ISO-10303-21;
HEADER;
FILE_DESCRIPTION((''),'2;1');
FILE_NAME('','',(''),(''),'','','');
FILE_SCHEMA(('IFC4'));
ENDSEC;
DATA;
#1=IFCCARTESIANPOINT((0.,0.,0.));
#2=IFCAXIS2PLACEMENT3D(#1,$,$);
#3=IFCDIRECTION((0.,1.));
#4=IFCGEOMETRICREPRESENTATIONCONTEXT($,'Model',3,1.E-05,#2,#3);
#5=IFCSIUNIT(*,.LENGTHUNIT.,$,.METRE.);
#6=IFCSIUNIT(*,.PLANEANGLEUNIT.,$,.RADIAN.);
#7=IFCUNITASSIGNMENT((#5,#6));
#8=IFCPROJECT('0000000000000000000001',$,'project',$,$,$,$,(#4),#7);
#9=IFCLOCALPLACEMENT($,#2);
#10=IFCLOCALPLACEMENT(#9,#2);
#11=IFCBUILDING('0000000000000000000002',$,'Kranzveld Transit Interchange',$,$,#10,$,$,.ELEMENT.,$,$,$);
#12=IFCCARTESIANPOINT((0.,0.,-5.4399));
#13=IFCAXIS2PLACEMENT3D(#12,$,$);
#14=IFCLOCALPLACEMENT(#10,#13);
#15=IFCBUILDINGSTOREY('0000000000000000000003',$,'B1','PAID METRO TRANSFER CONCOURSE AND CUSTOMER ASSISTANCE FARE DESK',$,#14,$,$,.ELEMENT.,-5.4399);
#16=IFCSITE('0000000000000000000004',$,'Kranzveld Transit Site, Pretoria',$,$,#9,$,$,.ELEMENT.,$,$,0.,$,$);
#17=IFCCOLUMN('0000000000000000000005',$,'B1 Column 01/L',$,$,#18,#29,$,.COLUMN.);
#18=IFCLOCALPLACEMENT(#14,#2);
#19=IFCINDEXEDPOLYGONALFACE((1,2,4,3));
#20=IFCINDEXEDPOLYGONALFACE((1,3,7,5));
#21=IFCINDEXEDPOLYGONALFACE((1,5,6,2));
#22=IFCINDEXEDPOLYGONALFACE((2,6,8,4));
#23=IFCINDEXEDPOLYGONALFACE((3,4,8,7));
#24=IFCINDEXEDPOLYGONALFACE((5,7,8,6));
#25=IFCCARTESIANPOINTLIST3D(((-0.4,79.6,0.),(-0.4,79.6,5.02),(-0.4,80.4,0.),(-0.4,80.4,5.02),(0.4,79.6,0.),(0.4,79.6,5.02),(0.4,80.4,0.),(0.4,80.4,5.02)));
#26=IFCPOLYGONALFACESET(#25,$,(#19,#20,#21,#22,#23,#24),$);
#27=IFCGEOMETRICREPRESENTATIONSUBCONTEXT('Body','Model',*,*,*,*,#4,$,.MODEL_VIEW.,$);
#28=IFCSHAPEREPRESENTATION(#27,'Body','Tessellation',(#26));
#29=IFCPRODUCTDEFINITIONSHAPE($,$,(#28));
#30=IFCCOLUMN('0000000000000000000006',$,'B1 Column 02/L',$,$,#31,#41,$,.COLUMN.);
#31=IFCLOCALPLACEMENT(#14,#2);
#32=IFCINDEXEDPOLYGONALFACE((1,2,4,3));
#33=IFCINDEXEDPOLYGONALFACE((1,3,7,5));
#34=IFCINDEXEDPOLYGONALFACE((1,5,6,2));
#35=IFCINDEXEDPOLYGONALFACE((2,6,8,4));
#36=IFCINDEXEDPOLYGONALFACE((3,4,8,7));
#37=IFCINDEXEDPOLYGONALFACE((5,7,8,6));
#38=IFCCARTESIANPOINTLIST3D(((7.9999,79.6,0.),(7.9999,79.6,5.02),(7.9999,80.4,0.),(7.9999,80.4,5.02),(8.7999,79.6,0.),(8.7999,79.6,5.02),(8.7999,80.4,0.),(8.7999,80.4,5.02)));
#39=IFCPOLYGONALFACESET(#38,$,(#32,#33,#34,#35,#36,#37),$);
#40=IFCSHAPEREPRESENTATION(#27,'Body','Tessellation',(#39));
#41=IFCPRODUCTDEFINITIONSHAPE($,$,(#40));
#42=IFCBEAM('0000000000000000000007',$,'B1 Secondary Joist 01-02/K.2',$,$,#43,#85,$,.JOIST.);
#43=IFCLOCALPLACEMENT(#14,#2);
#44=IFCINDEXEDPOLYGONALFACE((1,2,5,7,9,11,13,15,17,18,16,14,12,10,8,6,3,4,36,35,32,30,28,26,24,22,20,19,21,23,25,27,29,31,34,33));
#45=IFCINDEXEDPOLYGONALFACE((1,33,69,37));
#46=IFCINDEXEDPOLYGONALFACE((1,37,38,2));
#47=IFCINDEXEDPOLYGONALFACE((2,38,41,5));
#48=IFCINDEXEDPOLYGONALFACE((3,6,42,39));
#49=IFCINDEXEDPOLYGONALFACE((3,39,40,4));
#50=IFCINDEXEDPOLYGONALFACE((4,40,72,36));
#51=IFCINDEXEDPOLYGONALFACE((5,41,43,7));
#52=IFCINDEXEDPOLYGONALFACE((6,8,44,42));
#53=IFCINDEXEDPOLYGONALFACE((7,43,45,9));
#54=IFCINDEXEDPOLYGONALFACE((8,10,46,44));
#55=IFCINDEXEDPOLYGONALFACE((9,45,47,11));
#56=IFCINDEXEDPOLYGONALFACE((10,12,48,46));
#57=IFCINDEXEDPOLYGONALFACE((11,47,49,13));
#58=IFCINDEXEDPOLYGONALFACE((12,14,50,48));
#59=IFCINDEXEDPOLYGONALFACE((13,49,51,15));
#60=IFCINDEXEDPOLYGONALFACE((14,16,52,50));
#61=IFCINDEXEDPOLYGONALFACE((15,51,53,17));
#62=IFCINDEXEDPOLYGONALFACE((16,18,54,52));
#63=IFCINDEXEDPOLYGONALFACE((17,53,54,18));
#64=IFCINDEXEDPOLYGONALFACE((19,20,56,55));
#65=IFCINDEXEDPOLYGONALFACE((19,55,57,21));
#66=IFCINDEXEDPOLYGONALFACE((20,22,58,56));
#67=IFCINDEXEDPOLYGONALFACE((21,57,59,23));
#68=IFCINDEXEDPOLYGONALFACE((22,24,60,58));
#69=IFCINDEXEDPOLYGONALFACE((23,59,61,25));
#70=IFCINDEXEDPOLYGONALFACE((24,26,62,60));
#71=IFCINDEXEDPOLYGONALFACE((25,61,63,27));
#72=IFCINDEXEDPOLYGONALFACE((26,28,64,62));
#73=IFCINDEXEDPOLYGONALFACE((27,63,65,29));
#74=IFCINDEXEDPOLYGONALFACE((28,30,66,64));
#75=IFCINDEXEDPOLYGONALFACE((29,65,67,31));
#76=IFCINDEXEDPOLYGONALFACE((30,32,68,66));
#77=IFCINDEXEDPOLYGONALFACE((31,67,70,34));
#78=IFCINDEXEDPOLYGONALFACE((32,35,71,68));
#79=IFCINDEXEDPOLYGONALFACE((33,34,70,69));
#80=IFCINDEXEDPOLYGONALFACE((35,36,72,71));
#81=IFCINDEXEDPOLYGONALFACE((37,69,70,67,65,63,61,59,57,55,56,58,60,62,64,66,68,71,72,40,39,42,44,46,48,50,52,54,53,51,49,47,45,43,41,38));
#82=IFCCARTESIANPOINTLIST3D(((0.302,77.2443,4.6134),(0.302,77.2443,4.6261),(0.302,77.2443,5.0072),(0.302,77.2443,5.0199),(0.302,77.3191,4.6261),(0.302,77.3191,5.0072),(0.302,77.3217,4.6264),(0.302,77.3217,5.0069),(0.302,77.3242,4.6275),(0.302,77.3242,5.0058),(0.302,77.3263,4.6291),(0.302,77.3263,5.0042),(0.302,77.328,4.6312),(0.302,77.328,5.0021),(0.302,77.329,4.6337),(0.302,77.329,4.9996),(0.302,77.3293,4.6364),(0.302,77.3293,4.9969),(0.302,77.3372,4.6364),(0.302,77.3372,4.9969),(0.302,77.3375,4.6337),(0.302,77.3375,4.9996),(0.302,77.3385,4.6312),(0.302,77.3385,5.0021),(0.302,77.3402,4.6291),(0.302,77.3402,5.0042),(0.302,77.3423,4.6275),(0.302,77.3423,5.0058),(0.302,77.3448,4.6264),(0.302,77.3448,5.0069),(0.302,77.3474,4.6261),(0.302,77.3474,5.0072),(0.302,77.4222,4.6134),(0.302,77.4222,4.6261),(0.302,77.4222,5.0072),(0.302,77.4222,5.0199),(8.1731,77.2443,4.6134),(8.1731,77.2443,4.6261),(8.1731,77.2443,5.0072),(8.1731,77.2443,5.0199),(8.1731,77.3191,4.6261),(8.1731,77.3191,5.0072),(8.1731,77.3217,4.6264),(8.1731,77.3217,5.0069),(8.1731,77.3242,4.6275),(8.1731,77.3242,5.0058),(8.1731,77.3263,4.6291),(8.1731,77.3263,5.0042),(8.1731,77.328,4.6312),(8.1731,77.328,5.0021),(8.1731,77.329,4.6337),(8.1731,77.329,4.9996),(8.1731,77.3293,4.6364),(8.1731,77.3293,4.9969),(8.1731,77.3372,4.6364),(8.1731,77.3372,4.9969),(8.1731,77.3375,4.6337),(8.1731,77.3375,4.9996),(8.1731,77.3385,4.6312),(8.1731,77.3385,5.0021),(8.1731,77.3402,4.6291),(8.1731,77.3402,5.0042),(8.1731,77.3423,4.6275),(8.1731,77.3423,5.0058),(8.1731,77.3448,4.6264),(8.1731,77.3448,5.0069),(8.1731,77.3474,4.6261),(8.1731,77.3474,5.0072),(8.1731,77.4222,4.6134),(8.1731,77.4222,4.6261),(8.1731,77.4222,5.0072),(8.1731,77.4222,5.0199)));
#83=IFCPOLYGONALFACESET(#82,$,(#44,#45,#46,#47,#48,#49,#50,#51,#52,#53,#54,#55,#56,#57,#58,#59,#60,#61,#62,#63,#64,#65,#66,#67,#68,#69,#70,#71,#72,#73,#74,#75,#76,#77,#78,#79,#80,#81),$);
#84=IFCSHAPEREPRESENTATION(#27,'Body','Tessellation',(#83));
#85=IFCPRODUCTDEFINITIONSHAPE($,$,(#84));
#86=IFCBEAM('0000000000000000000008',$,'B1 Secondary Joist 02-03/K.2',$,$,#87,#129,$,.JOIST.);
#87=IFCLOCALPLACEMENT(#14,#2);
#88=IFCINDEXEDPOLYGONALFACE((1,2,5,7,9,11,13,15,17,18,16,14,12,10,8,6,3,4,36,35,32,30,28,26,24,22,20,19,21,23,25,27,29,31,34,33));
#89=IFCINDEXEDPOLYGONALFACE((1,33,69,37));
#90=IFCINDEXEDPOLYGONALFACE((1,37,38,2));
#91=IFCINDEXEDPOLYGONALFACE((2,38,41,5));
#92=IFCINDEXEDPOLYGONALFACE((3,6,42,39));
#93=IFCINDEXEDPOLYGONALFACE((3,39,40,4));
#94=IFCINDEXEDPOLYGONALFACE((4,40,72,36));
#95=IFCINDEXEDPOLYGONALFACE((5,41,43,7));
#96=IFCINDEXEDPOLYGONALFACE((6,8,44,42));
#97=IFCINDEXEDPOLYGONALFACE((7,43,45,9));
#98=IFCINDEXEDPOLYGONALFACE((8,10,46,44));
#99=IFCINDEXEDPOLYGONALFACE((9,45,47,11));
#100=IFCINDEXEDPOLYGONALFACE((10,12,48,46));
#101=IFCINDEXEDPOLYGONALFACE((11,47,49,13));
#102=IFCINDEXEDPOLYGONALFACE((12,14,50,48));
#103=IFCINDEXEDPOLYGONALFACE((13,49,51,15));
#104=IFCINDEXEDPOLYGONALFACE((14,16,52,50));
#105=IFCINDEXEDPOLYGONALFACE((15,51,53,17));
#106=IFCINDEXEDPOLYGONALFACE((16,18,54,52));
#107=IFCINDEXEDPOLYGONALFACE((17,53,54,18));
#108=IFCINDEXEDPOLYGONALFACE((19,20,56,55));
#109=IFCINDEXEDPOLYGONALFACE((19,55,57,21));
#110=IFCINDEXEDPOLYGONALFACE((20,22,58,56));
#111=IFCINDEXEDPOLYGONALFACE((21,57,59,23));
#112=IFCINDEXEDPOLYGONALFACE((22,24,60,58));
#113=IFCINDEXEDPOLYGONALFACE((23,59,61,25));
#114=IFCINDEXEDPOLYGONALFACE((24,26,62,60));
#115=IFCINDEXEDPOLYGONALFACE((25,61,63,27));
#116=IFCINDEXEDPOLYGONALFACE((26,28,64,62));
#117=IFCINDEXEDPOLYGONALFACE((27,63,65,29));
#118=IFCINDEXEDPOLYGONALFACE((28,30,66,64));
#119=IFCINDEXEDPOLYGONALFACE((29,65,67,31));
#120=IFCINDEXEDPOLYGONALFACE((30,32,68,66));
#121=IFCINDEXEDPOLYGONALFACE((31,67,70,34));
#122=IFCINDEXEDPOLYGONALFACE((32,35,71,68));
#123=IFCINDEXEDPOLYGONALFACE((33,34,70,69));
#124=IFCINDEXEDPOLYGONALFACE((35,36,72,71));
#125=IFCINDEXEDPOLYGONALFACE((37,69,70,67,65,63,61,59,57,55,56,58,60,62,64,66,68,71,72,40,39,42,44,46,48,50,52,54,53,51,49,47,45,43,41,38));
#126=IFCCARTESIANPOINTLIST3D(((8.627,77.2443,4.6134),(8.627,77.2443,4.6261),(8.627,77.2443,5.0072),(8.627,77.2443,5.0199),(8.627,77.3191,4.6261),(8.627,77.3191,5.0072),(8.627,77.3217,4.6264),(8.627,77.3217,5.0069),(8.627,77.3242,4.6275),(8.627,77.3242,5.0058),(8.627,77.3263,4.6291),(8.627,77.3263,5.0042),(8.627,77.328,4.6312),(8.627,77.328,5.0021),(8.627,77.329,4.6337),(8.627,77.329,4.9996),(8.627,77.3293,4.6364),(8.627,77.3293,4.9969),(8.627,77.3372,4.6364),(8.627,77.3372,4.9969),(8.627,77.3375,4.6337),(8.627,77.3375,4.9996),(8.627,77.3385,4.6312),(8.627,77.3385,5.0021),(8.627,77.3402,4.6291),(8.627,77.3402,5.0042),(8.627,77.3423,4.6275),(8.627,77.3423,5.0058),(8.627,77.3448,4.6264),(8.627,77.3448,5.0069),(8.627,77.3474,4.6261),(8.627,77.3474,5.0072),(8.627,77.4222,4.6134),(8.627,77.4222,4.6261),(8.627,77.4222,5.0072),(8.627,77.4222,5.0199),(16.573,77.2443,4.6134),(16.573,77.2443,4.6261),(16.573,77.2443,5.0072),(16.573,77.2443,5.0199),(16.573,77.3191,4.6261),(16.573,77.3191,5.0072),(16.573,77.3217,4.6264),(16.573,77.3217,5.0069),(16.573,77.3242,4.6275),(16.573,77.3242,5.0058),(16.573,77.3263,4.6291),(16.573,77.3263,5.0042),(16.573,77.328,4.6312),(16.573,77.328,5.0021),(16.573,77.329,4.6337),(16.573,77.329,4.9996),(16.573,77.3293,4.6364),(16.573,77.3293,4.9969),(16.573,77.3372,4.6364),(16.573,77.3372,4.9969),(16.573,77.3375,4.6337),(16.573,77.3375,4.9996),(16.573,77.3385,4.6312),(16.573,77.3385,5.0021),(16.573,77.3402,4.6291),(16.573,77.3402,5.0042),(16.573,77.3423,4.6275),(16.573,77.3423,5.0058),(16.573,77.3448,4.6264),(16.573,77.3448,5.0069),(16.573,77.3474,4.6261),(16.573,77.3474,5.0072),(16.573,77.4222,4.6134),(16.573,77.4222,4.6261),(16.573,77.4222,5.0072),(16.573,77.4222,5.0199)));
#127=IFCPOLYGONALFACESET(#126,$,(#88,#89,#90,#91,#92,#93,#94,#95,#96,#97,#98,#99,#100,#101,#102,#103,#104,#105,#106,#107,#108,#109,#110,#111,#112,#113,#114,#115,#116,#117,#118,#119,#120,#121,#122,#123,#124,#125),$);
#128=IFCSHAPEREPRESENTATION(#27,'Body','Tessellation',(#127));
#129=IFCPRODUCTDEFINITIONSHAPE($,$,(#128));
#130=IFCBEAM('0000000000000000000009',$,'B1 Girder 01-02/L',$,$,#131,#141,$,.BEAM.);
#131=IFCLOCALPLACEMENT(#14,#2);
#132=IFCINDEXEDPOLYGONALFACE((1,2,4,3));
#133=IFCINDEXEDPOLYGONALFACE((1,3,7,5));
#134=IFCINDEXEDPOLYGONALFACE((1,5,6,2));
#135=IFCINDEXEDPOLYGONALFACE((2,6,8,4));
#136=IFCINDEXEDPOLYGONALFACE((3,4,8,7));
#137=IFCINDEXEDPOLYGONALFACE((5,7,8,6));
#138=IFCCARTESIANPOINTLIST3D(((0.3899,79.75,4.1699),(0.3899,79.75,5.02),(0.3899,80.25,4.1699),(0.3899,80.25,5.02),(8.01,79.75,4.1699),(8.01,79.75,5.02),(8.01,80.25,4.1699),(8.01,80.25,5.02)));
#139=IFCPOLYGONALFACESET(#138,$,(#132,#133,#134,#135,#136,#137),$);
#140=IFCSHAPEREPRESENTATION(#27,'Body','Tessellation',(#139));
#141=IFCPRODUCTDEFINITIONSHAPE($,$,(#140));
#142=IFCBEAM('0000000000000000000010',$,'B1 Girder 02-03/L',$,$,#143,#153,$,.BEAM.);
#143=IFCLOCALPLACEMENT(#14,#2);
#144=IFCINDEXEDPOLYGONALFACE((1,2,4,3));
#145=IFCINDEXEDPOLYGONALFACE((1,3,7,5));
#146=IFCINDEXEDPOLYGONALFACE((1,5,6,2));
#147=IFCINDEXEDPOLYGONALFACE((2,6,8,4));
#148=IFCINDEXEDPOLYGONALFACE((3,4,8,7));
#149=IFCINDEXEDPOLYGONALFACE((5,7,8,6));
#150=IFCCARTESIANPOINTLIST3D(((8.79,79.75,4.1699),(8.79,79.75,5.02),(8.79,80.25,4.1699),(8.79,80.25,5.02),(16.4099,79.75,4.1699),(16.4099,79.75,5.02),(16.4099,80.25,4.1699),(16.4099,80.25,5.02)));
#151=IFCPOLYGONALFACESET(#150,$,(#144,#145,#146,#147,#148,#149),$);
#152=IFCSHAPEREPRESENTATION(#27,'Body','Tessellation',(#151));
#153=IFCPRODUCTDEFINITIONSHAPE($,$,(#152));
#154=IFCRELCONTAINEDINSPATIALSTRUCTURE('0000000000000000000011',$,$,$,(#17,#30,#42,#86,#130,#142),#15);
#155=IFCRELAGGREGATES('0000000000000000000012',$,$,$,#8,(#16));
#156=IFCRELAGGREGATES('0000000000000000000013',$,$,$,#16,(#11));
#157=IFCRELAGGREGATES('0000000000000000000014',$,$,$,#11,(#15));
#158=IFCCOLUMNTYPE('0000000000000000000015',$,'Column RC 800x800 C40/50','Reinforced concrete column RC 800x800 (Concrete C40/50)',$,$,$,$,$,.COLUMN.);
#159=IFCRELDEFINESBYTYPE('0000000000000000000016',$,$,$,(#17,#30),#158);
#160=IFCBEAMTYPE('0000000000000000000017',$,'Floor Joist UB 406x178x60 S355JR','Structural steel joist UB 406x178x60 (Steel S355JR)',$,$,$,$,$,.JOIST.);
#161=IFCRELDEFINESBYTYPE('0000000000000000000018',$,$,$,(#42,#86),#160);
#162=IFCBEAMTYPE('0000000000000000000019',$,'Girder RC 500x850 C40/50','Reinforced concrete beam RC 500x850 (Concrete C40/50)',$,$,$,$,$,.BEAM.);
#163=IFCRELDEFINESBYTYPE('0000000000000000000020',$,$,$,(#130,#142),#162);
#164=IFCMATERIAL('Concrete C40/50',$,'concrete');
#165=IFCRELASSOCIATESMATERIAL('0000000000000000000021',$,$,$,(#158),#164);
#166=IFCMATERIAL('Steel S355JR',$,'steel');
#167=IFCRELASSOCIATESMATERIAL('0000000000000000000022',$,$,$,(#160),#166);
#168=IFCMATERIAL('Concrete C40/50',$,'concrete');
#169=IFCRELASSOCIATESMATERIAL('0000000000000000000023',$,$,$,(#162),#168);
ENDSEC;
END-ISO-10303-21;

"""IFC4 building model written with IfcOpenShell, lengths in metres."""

from ifc_helpers import new_model, si_unit, direction, frame, origin, origin_2d, place, context, subcontext, project, spatial, rectangle, i_section, extrude, material, material_profile, profile_set, type_object, element, save


model = new_model("IFC4")

# Units and contexts
model_context = context("Model", 3, precision=1e-05, world=origin(), true_north=direction((0.0, 1.0)))
body_context = subcontext(model_context, "Body", "Model", "MODEL_VIEW")
ifc_project = project(units=[si_unit("LENGTHUNIT", "METRE"), si_unit("PLANEANGLEUNIT", "RADIAN")], contexts=[model_context])

# Site, building, storey
site_placement = place(None, origin())
site = spatial("IfcSite", under=ifc_project, at=site_placement, Name="Kranzveld Transit Site, Pretoria", CompositionType="ELEMENT", RefElevation=0.0)
building_placement = place(site_placement, origin())
building = spatial("IfcBuilding", under=site, at=building_placement, Name="Kranzveld Transit Interchange", CompositionType="ELEMENT")
storey_placement = place(building_placement, frame((0.0, 0.0, -5.4399)))
storey = spatial("IfcBuildingStorey", under=building, at=storey_placement, Name="B1", Description="PAID METRO TRANSFER CONCOURSE AND CUSTOMER ASSISTANCE FARE DESK", CompositionType="ELEMENT", Elevation=-5.4399)

# Columns
ifc_material_1 = material(Name="Concrete C40/50", Category="concrete")
ifc_material_profile_1 = material_profile(ifc_material_1, rectangle(XDim=0.8, YDim=0.8, at=origin_2d()), Name="RC 800x800")
ifc_profile_set_1 = profile_set([ifc_material_profile_1], Name="Concrete C40/50")
column_type = type_object("IfcColumnType", Name="Column RC 800x800 C40/50", Description="Reinforced concrete column RC 800x800 (Concrete C40/50)", PredefinedType="COLUMN", material=ifc_profile_set_1)
for number, where, z_axis, x_axis, name in (
    (1, (0.0, 80.0, 0.0), (0.0, 0.0, 1.0), (1.0, 0.0, 0.0), "B1 Column 01/L"),
    (2, (8.3999, 80.0, 0.0), (0.0, 0.0, 1.0), (1.0, 0.0, 0.0), "B1 Column 02/L"),
):
    element("IfcColumn", number, at=place(storey_placement, frame(where, z_axis=z_axis, x_axis=x_axis)), inside=storey, type_object=column_type, Name=name, PredefinedType="COLUMN", context=body_context, shape_type="SweptSolid", body=[
        extrude(rectangle(XDim=0.8, YDim=0.8, at=origin_2d()), origin(), (0.0, 0.0, 1.0), 5.02),
    ])

# Beams
ifc_material_2 = material(Name="Steel S355JR", Category="steel")
ifc_material_profile_2 = material_profile(ifc_material_2, i_section(OverallWidth=0.178, OverallDepth=0.4065, WebThickness=0.0078, FlangeThickness=0.0127, FilletRadius=0.0103, at=origin_2d()), Name="UB 406x178x60")
ifc_profile_set_2 = profile_set([ifc_material_profile_2], Name="Steel S355JR")
beam_type_1 = type_object("IfcBeamType", Name="Floor Joist UB 406x178x60 S355JR", Description="Structural steel joist UB 406x178x60 (Steel S355JR)", PredefinedType="JOIST", material=ifc_profile_set_2)
beam_1_placement = place(storey_placement, frame((0.302, 77.3333, 4.8167), z_axis=(1.0, 0.0, 0.0), x_axis=(0.0, 1.0, 0.0)))
element("IfcBeam", 3, at=beam_1_placement, inside=storey, type_object=beam_type_1, Name="B1 Secondary Joist 01-02/K.2", PredefinedType="JOIST", context=body_context, shape_type="SweptSolid", body=[
    extrude(i_section(OverallWidth=0.178, OverallDepth=0.4065, WebThickness=0.0078, FlangeThickness=0.0127, FilletRadius=0.0103, at=origin_2d()), origin(), (0.0, 0.0, 1.0), 7.8711),
])
beam_2_placement = place(storey_placement, frame((8.627, 77.3333, 4.8167), z_axis=(1.0, 0.0, 0.0), x_axis=(0.0, 1.0, 0.0)))
element("IfcBeam", 4, at=beam_2_placement, inside=storey, type_object=beam_type_1, Name="B1 Secondary Joist 02-03/K.2", PredefinedType="JOIST", context=body_context, shape_type="SweptSolid", body=[
    extrude(i_section(OverallWidth=0.178, OverallDepth=0.4065, WebThickness=0.0078, FlangeThickness=0.0127, FilletRadius=0.0103, at=origin_2d()), origin(), (0.0, 0.0, 1.0), 7.946),
])
ifc_material_3 = material(Name="Concrete C40/50", Category="concrete")
ifc_material_profile_3 = material_profile(ifc_material_3, rectangle(XDim=0.5, YDim=0.8501, at=origin_2d()), Name="RC 500x850")
ifc_profile_set_3 = profile_set([ifc_material_profile_3], Name="Concrete C40/50")
beam_type_2 = type_object("IfcBeamType", Name="Girder RC 500x850 C40/50", Description="Reinforced concrete beam RC 500x850 (Concrete C40/50)", PredefinedType="BEAM", material=ifc_profile_set_3)
beam_3_placement = place(storey_placement, frame((0.3899, 80.0, 4.595), z_axis=(1.0, 0.0, 0.0), x_axis=(0.0, 1.0, 0.0)))
element("IfcBeam", 5, at=beam_3_placement, inside=storey, type_object=beam_type_2, Name="B1 Girder 01-02/L", PredefinedType="BEAM", context=body_context, shape_type="SweptSolid", body=[
    extrude(rectangle(XDim=0.5, YDim=0.8501, at=origin_2d()), origin(), (0.0, 0.0, 1.0), 7.6201),
])
beam_4_placement = place(storey_placement, frame((8.79, 80.0, 4.595), z_axis=(1.0, 0.0, 0.0), x_axis=(0.0, 1.0, 0.0)))
element("IfcBeam", 6, at=beam_4_placement, inside=storey, type_object=beam_type_2, Name="B1 Girder 02-03/L", PredefinedType="BEAM", context=body_context, shape_type="SweptSolid", body=[
    extrude(rectangle(XDim=0.5, YDim=0.8501, at=origin_2d()), origin(), (0.0, 0.0, 1.0), 7.6199),
])

save(model, "model.ifc")
